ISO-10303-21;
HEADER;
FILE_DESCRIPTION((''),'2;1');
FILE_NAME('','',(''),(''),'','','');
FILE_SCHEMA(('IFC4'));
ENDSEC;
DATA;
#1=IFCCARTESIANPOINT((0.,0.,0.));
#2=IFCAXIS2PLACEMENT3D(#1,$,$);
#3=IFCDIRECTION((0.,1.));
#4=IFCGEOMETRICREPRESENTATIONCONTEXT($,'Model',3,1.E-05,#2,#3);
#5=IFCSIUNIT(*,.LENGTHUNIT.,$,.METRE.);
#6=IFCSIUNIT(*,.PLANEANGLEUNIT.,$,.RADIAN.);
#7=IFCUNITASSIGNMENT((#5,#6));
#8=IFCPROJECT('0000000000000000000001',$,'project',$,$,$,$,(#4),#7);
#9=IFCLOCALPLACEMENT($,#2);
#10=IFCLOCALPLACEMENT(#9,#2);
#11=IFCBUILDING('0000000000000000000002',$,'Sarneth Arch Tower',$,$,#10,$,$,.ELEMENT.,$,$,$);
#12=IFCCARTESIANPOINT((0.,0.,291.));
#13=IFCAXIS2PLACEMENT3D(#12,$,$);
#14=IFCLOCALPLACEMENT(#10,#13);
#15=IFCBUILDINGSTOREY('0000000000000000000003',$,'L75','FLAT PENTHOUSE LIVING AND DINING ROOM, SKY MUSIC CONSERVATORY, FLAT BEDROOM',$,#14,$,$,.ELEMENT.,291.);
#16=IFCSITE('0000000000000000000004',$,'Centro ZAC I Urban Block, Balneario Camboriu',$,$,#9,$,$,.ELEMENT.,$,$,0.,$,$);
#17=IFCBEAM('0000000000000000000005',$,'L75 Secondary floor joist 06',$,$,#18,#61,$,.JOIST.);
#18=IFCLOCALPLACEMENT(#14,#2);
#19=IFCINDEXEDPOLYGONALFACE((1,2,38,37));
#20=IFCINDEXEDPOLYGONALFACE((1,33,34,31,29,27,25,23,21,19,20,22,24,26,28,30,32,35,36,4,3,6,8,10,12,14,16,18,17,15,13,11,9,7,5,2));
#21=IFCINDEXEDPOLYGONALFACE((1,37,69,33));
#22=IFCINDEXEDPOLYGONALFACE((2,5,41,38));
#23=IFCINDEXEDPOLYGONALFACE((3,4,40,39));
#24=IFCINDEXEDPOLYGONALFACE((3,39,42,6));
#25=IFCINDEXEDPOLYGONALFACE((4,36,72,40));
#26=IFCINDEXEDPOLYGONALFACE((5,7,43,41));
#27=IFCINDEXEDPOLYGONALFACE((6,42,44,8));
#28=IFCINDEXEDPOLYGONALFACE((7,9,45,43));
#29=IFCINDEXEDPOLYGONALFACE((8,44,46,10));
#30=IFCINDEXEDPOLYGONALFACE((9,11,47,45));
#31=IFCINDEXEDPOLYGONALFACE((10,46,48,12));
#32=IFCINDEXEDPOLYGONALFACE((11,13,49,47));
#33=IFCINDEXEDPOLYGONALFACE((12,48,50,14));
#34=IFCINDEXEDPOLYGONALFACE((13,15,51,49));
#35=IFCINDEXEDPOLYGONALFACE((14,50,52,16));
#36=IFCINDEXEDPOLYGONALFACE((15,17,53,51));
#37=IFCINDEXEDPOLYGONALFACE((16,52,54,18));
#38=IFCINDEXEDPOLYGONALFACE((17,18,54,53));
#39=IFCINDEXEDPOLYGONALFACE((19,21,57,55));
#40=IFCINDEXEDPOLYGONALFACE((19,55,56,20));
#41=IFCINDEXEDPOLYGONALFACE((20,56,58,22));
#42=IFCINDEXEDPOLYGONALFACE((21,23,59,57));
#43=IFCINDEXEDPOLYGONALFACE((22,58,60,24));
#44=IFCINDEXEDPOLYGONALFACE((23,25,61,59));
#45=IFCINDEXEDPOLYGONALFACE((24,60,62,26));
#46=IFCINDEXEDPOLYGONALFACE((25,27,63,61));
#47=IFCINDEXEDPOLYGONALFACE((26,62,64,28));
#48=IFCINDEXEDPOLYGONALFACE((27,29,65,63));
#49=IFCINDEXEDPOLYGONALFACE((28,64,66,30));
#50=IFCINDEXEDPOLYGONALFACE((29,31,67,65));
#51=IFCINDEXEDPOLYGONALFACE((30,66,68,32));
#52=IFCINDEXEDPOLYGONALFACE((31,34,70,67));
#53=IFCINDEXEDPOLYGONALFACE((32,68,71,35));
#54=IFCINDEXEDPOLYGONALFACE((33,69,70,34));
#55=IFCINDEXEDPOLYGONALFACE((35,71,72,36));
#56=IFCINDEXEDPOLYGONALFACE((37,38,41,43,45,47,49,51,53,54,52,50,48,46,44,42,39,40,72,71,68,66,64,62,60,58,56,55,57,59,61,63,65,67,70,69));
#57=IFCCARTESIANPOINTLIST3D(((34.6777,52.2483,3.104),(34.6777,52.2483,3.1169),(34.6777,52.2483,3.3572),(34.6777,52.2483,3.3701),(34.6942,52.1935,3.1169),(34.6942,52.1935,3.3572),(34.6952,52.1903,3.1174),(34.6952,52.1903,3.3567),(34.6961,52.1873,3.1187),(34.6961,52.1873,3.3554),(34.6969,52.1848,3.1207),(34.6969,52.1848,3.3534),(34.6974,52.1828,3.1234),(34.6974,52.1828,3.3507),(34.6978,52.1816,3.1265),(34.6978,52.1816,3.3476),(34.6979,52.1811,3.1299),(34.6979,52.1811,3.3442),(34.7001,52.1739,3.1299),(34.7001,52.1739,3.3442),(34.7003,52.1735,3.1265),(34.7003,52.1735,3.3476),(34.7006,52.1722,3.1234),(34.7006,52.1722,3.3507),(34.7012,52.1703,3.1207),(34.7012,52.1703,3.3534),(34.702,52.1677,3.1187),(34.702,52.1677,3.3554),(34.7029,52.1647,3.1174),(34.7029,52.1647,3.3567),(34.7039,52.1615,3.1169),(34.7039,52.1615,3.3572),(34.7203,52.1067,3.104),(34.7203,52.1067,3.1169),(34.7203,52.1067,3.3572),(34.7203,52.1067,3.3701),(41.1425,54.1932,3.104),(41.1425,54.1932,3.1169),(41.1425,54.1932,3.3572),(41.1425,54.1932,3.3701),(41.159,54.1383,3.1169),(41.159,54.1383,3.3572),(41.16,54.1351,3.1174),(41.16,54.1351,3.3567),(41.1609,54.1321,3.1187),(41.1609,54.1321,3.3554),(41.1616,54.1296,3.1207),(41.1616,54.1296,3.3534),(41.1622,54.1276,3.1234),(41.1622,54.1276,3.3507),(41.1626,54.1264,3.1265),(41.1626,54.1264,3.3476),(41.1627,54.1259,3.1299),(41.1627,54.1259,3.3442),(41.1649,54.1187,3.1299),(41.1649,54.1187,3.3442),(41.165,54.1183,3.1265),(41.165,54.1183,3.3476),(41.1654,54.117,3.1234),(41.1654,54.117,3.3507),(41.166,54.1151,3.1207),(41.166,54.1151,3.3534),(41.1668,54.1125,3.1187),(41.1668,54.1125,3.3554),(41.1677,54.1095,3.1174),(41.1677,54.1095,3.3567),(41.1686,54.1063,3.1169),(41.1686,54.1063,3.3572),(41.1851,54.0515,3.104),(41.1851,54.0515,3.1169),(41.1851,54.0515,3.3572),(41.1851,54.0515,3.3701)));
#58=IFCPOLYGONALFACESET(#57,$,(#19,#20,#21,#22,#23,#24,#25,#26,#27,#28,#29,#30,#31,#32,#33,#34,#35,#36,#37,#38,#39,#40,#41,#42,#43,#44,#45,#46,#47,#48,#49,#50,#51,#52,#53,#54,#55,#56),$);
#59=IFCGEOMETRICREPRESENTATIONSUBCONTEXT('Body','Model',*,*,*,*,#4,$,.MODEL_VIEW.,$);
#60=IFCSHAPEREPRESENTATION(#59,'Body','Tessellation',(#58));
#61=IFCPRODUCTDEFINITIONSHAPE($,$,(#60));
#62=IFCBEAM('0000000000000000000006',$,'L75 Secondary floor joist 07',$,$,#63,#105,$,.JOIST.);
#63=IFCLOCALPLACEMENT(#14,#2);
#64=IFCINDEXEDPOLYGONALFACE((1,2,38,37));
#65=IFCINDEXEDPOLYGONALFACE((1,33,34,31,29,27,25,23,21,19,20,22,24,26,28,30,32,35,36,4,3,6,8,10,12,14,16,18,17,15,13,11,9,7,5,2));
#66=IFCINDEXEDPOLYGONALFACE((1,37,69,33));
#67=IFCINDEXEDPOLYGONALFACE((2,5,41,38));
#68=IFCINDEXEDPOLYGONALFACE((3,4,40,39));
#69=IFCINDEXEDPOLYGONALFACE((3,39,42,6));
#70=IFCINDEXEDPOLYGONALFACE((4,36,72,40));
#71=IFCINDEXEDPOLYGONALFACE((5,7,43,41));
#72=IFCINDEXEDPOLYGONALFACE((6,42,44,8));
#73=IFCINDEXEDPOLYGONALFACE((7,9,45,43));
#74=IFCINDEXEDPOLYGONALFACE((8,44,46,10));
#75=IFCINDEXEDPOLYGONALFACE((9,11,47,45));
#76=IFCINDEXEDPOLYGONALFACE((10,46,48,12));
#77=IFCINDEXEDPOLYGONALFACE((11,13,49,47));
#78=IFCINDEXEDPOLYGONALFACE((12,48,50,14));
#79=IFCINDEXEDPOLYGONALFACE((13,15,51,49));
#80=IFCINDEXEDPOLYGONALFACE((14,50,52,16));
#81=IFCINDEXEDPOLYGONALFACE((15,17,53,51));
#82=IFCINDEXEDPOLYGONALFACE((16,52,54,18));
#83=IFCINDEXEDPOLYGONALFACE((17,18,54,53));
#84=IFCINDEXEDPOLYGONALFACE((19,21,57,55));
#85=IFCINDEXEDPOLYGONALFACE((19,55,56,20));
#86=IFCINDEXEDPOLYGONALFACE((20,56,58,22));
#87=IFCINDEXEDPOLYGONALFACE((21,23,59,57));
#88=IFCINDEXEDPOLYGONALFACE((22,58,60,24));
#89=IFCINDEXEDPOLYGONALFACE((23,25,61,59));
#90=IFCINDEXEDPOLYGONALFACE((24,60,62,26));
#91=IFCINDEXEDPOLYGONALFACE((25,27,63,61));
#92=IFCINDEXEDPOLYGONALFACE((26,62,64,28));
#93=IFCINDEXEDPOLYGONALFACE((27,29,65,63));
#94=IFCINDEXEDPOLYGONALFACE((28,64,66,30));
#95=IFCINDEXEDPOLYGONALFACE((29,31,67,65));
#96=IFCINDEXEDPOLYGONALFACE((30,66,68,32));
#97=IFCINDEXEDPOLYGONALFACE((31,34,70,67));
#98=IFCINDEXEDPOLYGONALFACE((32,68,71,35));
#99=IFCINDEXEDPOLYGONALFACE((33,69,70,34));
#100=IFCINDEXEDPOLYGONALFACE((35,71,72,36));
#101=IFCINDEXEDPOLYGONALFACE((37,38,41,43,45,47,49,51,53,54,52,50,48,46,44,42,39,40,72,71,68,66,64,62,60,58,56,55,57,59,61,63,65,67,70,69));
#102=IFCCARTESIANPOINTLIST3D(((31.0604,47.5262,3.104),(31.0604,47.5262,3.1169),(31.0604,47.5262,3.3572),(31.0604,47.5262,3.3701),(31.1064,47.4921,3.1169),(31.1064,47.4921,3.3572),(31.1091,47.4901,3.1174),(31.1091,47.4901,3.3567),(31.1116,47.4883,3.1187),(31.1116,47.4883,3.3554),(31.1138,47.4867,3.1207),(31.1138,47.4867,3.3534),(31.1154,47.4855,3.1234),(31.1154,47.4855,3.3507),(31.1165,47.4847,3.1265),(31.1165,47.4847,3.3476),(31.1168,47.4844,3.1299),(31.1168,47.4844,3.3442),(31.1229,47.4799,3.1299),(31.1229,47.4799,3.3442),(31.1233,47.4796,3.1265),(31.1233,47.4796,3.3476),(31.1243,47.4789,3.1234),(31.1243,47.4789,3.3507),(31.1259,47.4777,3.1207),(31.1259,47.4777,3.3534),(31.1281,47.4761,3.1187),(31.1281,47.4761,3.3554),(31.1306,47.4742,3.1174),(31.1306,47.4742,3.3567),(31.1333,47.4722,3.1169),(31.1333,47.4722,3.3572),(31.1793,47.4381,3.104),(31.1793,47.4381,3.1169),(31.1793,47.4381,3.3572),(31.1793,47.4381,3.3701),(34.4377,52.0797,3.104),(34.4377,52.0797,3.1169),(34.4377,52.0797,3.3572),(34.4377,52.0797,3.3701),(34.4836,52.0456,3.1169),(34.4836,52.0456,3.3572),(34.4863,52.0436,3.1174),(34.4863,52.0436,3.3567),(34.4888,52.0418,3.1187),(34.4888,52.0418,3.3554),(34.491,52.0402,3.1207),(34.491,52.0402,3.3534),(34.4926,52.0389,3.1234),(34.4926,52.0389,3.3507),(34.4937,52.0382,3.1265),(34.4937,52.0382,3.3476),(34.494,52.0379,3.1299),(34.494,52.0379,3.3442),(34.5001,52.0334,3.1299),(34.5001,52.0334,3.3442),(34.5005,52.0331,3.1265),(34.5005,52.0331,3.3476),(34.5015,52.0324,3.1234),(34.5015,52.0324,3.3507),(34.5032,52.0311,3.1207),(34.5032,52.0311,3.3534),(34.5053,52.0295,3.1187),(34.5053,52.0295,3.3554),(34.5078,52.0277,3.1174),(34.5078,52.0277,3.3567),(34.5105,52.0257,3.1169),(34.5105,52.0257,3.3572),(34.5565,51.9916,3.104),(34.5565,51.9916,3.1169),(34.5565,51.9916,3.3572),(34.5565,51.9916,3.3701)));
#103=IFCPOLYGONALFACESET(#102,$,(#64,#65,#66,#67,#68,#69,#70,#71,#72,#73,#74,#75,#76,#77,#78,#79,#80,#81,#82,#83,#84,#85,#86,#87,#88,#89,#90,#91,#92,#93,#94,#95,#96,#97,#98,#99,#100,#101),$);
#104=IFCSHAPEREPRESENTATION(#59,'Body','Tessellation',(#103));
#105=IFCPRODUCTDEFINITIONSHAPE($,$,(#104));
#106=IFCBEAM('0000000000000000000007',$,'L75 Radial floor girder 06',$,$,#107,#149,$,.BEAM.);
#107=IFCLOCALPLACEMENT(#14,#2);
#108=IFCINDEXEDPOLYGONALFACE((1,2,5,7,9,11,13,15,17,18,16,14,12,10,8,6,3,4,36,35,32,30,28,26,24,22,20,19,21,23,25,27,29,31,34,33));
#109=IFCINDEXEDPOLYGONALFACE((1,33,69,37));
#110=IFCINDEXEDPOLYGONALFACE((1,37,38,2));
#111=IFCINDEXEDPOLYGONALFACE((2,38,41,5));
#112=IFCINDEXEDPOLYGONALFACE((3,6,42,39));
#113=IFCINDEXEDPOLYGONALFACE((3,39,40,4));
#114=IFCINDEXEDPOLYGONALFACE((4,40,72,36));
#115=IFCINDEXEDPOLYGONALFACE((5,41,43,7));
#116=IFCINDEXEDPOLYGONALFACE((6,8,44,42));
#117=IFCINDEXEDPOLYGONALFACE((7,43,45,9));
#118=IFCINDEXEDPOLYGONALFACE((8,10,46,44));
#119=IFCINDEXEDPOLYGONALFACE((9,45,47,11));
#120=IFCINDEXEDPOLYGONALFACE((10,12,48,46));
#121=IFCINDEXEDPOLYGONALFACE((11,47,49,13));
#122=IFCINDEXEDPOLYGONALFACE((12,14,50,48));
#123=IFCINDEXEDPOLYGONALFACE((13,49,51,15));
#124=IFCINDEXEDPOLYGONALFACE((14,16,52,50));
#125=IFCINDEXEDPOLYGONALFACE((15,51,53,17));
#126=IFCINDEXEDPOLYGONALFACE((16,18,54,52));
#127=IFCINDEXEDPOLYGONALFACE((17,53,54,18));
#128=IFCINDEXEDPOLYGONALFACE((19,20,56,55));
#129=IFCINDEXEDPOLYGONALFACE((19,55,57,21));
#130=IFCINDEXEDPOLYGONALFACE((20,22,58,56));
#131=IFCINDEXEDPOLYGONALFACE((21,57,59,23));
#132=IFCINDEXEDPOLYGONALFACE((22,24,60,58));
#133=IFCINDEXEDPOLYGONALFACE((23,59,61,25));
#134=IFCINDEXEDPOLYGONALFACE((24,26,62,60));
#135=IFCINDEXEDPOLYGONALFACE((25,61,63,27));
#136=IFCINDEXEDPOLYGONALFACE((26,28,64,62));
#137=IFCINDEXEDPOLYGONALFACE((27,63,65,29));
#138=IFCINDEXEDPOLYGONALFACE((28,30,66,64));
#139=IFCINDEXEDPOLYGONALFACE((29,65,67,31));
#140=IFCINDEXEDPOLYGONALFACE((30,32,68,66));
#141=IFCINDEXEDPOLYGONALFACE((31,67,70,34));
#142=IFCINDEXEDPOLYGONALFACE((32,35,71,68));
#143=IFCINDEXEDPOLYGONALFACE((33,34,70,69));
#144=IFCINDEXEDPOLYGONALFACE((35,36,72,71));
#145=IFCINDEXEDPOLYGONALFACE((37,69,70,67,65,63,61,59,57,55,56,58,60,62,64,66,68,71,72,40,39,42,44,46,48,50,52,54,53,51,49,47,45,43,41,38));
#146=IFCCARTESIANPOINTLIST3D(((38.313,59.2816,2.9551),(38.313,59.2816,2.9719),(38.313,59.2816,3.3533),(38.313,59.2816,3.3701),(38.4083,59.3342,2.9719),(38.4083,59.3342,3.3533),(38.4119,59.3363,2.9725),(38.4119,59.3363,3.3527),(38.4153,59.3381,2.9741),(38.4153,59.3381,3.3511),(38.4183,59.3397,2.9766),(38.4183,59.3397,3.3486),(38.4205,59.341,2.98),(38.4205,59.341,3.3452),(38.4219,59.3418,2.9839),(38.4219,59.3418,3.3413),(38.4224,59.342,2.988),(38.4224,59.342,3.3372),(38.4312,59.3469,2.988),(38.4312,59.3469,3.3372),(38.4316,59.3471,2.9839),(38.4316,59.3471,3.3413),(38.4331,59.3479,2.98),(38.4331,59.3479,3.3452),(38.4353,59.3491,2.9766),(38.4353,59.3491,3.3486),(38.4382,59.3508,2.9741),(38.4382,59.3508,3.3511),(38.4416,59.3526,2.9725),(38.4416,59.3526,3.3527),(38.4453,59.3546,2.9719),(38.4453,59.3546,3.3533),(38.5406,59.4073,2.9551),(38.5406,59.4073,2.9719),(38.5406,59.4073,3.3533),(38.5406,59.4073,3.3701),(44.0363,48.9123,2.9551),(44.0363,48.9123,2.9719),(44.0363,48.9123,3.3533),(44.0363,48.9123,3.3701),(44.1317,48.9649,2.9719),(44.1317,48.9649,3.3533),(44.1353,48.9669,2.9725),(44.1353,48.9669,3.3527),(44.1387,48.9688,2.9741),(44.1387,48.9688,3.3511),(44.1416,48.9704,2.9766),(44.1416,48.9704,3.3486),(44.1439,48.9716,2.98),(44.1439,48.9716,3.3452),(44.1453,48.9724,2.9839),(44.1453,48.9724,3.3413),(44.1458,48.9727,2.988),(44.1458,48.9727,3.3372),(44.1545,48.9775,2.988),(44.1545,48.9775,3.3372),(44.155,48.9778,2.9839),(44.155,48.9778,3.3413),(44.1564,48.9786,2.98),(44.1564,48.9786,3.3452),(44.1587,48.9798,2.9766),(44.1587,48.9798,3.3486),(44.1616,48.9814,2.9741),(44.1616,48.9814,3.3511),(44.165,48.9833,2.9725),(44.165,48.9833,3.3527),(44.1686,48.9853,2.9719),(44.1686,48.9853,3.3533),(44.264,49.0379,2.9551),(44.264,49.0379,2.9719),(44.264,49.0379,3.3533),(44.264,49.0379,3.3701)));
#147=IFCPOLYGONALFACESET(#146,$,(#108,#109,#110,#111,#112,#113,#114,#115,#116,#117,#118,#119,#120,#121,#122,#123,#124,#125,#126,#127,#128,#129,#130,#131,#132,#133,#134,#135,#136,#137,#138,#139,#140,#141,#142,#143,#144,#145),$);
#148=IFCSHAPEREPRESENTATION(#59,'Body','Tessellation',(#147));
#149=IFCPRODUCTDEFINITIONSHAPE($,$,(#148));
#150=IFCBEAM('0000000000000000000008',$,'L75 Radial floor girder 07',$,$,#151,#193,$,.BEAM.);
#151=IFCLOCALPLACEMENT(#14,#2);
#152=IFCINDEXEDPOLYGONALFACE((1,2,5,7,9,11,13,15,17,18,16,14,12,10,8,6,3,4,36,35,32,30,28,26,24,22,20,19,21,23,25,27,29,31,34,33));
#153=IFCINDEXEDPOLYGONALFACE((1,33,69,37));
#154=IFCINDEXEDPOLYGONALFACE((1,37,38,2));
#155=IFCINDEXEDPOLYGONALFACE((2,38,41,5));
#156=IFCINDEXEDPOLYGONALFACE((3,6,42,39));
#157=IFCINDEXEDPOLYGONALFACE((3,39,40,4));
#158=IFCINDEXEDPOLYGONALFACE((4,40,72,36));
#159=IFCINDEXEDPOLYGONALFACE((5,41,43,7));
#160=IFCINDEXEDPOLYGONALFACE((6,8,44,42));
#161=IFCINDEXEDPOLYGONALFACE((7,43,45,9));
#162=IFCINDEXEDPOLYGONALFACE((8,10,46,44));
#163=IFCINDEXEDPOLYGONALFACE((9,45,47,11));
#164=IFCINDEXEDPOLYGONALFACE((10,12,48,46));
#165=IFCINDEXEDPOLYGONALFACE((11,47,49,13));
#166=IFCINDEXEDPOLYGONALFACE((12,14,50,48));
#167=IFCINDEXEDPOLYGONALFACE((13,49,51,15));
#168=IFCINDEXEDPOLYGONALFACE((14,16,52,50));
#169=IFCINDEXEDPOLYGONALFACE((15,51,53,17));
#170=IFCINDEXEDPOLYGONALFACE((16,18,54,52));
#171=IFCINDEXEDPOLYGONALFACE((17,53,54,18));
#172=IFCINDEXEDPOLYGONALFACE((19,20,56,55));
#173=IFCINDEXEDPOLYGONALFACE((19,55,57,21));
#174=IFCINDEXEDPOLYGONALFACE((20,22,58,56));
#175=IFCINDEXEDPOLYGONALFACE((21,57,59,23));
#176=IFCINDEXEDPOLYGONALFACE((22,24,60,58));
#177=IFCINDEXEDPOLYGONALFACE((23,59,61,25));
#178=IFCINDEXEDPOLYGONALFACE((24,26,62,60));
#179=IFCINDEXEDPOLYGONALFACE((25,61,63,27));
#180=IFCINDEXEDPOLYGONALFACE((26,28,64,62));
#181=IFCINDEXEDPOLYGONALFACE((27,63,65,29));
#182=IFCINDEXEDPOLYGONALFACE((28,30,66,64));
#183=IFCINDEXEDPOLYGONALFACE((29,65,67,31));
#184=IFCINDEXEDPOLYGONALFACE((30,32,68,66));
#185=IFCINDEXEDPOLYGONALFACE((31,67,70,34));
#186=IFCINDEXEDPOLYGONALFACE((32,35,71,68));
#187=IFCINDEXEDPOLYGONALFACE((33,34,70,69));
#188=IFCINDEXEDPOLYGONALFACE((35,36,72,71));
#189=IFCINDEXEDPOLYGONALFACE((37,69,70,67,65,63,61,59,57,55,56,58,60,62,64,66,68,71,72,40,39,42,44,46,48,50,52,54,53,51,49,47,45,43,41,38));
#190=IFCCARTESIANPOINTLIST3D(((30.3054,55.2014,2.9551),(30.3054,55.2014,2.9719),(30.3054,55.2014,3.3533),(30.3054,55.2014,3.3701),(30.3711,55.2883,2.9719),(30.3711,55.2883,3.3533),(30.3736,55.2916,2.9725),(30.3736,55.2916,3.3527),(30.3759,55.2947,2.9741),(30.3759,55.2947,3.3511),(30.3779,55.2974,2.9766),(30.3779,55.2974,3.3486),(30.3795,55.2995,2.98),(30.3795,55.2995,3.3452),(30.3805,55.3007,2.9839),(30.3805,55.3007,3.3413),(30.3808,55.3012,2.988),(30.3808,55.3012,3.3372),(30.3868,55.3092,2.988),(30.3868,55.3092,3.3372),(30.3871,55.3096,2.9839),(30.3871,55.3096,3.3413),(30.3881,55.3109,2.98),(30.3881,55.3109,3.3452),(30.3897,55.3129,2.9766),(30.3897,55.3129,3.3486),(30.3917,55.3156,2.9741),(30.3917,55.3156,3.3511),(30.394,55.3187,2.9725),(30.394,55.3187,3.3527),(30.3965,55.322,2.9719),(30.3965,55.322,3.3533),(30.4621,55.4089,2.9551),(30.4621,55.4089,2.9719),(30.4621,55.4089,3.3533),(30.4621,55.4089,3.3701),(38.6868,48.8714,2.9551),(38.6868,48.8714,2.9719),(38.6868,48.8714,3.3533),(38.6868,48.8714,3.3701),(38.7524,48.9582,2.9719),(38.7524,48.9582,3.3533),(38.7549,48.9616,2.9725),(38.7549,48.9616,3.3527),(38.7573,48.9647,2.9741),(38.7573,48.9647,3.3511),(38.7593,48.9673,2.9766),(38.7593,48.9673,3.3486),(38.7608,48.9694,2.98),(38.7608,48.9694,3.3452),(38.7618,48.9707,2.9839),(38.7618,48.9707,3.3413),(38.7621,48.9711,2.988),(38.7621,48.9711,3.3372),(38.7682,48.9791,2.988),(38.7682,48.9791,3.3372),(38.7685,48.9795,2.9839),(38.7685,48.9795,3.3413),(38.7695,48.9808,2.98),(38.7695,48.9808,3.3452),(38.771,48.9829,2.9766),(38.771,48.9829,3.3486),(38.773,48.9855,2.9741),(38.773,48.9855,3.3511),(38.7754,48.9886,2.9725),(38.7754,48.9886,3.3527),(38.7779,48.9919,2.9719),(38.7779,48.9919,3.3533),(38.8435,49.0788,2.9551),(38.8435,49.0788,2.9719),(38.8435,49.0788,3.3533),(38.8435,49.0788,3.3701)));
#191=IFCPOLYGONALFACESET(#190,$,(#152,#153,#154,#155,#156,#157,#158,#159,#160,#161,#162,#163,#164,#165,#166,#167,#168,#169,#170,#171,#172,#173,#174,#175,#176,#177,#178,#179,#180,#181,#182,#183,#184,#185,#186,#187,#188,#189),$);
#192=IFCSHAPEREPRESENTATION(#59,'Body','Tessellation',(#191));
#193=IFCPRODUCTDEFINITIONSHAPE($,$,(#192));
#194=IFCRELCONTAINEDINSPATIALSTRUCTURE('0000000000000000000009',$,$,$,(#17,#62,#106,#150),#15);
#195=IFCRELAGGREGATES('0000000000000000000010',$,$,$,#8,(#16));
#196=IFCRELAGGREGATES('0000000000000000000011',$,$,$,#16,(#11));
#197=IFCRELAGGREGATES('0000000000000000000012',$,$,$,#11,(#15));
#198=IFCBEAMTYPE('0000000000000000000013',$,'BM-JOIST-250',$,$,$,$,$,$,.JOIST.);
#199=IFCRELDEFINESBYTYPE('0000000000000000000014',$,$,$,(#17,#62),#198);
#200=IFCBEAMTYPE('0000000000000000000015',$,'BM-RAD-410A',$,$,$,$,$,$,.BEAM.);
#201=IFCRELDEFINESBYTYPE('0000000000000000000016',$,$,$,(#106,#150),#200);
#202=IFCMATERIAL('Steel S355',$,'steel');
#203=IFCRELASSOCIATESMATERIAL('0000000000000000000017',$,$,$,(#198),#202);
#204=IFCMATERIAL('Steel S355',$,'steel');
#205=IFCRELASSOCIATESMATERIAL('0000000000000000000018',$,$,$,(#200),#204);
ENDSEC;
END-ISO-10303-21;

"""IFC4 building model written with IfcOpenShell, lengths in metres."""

from ifc_helpers import new_model, si_unit, direction, frame, origin, origin_2d, place, context, subcontext, project, spatial, i_section, extrude, material, material_profile, profile_set, type_object, element, save


model = new_model("IFC4")

# Units and contexts
model_context = context("Model", 3, precision=1e-05, world=origin(), true_north=direction((0.0, 1.0)))
body_context = subcontext(model_context, "Body", "Model", "MODEL_VIEW")
ifc_project = project(units=[si_unit("LENGTHUNIT", "METRE"), si_unit("PLANEANGLEUNIT", "RADIAN")], contexts=[model_context])

# Site, building, storey
site_placement = place(None, origin())
site = spatial("IfcSite", under=ifc_project, at=site_placement, Name="Centro ZAC I Urban Block, Balneario Camboriu", CompositionType="ELEMENT", RefElevation=0.0)
building_placement = place(site_placement, origin())
building = spatial("IfcBuilding", under=site, at=building_placement, Name="Sarneth Arch Tower", CompositionType="ELEMENT")
storey_placement = place(building_placement, frame((0.0, 0.0, 291.0)))
storey = spatial("IfcBuildingStorey", under=building, at=storey_placement, Name="L75", Description="FLAT PENTHOUSE LIVING AND DINING ROOM, SKY MUSIC CONSERVATORY, FLAT BEDROOM", CompositionType="ELEMENT", Elevation=291.0)

# Beams
ifc_material_1 = material(Name="Steel S355", Category="steel")
ifc_material_profile_1 = material_profile(ifc_material_1, i_section(OverallWidth=0.1479, OverallDepth=0.2661, WebThickness=0.0076, FlangeThickness=0.0129, FilletRadius=0.0129, at=origin_2d()), Name="W250x44.8")
ifc_profile_set_1 = profile_set([ifc_material_profile_1], Name="Steel S355")
beam_type_1 = type_object("IfcBeamType", Name="BM-JOIST-250", PredefinedType="JOIST", material=ifc_profile_set_1)
beam_1_placement = place(storey_placement, frame((41.1638, 54.1223, 3.2371), z_axis=(-0.957607, -0.288078, 0.0), x_axis=(0.288078, -0.957607, 0.0)))
element("IfcBeam", 1, at=beam_1_placement, inside=storey, type_object=beam_type_1, Name="L75 Secondary floor joist 06", PredefinedType="JOIST", context=body_context, shape_type="SweptSolid", body=[
    extrude(i_section(OverallWidth=0.1479, OverallDepth=0.2661, WebThickness=0.0076, FlangeThickness=0.0129, FilletRadius=0.0129, at=origin_2d()), origin(), (0.0, 0.0, 1.0), 6.751),
])
beam_2_placement = place(storey_placement, frame((34.4971, 52.0356, 3.2371), z_axis=(-0.595713, -0.803198, 0.0), x_axis=(0.803198, -0.595713, 0.0)))
element("IfcBeam", 2, at=beam_2_placement, inside=storey, type_object=beam_type_1, Name="L75 Secondary floor joist 07", PredefinedType="JOIST", context=body_context, shape_type="SweptSolid", body=[
    extrude(i_section(OverallWidth=0.1479, OverallDepth=0.2661, WebThickness=0.0076, FlangeThickness=0.0129, FilletRadius=0.0129, at=origin_2d()), origin(), (0.0, 0.0, 1.0), 5.6692),
])
ifc_material_2 = material(Name="Steel S355", Category="steel")
ifc_material_profile_2 = material_profile(ifc_material_2, i_section(OverallWidth=0.26, OverallDepth=0.415, WebThickness=0.01, FlangeThickness=0.0168, FilletRadius=0.0161, at=origin_2d()), Name="W410x100")
ifc_profile_set_2 = profile_set([ifc_material_profile_2], Name="Steel S355")
beam_type_2 = type_object("IfcBeamType", Name="BM-RAD-410A", PredefinedType="BEAM", material=ifc_profile_set_2)
beam_3_placement = place(storey_placement, frame((44.1501, 48.9751, 3.1626), z_axis=(-0.483229, 0.875494, 0.0), x_axis=(-0.875494, -0.483229, 0.0)))
element("IfcBeam", 3, at=beam_3_placement, inside=storey, type_object=beam_type_2, Name="L75 Radial floor girder 06", PredefinedType="BEAM", context=body_context, shape_type="SweptSolid", body=[
    extrude(i_section(OverallWidth=0.26, OverallDepth=0.415, WebThickness=0.01, FlangeThickness=0.0168, FilletRadius=0.0161, at=origin_2d()), origin(), (0.0, 0.0, 1.0), 11.844),
])
beam_4_placement = place(storey_placement, frame((38.7651, 48.9751, 3.1626), z_axis=(-0.797982, 0.602682, 0.0), x_axis=(-0.602682, -0.797982, 0.0)))
element("IfcBeam", 4, at=beam_4_placement, inside=storey, type_object=beam_type_2, Name="L75 Radial floor girder 07", PredefinedType="BEAM", context=body_context, shape_type="SweptSolid", body=[
    extrude(i_section(OverallWidth=0.26, OverallDepth=0.415, WebThickness=0.01, FlangeThickness=0.0168, FilletRadius=0.0161, at=origin_2d()), origin(), (0.0, 0.0, 1.0), 10.5032),
])

save(model, "model.ifc")
